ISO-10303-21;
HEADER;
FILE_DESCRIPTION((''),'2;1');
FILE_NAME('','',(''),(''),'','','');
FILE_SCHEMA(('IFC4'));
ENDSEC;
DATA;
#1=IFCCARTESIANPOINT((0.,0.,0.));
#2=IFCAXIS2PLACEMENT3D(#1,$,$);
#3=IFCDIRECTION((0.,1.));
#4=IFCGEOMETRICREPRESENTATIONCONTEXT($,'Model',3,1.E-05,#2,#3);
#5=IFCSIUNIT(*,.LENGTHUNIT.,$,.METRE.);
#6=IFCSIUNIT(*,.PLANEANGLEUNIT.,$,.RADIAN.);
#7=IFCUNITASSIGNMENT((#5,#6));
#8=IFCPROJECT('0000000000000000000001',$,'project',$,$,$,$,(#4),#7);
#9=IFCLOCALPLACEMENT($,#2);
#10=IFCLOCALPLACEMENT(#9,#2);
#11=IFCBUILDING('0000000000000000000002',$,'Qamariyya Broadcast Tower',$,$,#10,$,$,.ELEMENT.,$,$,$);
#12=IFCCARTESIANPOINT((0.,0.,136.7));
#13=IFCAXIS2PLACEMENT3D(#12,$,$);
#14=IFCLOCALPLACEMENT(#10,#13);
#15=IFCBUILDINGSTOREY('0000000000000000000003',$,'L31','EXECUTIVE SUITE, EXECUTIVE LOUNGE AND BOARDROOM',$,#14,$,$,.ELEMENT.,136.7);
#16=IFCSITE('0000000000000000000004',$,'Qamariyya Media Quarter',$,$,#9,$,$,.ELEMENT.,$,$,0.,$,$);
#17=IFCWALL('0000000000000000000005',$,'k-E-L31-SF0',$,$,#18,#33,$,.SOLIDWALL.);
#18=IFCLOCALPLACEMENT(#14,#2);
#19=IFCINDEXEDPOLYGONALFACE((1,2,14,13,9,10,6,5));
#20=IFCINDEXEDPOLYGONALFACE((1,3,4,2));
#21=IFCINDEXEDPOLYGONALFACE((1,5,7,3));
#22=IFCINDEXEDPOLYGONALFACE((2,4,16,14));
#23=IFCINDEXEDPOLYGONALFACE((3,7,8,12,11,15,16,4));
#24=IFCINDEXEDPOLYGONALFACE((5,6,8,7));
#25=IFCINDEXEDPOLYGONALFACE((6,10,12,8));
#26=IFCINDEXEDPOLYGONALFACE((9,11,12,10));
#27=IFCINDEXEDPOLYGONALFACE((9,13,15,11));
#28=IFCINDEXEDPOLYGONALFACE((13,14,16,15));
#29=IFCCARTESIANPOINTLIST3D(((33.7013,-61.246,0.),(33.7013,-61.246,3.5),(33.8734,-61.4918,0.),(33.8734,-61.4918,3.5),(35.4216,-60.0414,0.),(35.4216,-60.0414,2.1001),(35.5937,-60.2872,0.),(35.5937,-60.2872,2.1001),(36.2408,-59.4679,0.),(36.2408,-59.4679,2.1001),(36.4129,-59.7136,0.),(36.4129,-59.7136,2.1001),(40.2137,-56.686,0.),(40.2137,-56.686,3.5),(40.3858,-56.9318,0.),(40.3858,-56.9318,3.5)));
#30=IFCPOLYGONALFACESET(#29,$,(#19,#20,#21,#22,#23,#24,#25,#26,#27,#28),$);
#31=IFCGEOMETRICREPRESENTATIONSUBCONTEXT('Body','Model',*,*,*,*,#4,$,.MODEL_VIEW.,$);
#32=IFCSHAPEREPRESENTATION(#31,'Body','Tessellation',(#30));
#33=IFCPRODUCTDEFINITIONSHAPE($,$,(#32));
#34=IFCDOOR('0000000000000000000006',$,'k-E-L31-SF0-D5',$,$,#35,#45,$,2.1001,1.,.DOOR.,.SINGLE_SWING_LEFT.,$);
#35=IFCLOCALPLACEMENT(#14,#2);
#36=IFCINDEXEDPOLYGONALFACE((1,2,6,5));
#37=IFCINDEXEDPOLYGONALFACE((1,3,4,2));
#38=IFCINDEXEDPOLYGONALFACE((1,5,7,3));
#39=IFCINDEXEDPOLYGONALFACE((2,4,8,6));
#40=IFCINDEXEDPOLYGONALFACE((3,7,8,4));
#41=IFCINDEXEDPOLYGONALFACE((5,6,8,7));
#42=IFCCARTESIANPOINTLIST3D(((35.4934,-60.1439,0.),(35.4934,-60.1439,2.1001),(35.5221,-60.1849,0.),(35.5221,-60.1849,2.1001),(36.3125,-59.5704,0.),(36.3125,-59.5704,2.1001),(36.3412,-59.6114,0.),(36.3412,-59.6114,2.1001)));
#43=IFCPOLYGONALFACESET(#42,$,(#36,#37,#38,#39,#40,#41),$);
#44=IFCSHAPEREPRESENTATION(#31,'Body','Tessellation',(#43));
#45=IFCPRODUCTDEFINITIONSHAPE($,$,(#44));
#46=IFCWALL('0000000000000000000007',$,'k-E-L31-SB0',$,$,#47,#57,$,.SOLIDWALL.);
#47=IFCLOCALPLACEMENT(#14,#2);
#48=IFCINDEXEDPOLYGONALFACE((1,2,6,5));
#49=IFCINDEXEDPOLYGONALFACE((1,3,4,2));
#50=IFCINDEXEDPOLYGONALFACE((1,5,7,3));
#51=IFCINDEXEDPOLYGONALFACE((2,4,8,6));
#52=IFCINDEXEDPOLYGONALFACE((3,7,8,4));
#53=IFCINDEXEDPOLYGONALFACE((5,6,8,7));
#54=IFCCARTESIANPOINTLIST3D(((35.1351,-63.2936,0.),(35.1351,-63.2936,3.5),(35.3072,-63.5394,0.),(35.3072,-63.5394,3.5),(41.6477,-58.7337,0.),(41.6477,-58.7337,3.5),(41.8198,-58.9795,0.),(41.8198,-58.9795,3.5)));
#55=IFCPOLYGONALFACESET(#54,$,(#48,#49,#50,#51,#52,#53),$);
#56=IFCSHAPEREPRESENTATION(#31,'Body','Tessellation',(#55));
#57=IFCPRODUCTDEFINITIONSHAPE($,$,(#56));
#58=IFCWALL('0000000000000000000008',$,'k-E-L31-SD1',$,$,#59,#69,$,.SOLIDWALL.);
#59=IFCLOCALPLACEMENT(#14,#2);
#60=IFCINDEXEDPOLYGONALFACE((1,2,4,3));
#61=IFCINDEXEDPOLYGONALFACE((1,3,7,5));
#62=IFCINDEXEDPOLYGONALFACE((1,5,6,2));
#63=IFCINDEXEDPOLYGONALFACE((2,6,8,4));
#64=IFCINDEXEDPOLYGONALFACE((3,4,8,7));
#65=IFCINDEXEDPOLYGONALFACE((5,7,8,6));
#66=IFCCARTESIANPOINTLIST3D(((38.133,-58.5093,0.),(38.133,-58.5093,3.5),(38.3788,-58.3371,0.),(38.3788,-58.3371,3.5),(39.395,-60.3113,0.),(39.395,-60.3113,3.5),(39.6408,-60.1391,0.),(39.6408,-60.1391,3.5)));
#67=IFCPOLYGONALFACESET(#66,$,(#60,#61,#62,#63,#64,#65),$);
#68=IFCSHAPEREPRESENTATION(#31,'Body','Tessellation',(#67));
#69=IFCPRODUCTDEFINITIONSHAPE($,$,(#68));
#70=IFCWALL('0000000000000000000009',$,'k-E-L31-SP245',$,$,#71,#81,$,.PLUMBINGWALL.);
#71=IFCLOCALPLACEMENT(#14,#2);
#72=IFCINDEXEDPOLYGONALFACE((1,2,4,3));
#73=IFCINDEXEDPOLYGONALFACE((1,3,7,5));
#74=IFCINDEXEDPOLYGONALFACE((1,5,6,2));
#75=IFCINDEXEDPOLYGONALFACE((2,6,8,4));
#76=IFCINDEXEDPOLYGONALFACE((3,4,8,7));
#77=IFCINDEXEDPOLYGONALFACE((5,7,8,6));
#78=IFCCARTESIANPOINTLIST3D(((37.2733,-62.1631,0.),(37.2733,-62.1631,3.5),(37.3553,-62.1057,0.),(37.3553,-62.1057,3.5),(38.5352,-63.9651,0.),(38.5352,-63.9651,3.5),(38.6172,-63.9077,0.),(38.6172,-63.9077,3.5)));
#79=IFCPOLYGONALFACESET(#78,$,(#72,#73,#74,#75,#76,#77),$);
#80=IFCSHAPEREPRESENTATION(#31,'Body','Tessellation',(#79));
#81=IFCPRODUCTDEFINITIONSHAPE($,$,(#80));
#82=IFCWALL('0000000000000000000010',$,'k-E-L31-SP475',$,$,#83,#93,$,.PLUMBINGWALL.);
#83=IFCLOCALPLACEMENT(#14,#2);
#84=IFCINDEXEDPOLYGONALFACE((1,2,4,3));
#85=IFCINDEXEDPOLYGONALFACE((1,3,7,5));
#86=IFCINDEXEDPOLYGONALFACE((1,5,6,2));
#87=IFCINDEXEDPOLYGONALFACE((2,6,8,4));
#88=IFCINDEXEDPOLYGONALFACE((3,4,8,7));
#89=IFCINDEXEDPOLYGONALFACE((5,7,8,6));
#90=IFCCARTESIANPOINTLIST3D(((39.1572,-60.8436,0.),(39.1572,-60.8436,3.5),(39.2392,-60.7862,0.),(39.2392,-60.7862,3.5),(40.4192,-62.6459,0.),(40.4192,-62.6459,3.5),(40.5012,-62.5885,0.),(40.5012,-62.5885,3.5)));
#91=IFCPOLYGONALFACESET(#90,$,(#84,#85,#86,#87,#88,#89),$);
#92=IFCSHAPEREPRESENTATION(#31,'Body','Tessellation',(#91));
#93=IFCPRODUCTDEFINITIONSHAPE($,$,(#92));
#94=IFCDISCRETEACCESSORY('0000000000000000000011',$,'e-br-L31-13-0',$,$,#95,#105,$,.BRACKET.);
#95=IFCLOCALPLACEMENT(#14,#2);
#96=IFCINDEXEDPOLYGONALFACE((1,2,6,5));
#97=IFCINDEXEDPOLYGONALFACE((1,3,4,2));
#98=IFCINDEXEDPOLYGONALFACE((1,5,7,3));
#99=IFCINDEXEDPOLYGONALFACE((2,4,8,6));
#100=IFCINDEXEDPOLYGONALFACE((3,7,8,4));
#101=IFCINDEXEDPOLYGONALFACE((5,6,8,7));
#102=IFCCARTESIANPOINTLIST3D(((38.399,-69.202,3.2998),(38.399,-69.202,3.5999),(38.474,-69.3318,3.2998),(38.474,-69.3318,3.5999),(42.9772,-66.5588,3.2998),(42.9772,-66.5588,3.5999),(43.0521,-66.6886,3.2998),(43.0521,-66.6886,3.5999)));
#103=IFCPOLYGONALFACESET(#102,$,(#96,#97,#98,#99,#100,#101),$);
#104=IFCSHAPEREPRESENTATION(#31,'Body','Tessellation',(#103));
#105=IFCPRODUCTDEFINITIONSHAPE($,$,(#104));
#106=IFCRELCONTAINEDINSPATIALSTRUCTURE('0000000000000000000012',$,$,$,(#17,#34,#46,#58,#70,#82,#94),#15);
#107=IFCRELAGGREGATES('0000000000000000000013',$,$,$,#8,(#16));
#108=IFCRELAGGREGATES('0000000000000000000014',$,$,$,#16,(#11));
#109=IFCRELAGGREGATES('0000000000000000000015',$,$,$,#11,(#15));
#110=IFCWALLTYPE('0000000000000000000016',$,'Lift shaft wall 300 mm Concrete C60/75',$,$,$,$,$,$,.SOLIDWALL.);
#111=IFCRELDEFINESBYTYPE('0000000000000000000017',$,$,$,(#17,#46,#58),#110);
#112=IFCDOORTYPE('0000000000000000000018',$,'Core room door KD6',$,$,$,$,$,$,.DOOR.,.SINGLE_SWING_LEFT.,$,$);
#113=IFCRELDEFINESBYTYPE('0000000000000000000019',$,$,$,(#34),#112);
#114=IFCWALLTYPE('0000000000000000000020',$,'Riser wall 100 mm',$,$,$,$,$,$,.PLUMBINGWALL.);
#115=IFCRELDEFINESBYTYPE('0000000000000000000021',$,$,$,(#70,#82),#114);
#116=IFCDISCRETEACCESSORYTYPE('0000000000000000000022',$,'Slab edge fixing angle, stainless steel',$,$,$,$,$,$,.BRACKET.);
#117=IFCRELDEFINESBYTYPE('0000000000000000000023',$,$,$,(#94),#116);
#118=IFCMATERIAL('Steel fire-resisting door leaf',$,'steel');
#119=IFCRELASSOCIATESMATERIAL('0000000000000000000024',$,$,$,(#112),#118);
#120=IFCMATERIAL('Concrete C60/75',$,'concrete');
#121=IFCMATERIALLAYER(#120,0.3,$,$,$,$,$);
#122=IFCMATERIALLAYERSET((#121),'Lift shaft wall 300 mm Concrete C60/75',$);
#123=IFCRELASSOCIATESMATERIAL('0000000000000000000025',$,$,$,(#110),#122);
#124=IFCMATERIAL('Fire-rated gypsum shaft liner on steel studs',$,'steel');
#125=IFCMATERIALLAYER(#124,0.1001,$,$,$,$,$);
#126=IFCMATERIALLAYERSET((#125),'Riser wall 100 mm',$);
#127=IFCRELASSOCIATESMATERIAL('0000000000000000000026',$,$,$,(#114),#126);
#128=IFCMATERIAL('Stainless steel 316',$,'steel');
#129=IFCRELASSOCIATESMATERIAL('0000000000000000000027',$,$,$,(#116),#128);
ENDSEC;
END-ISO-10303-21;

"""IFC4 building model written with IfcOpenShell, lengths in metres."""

from ifc_helpers import new_model, si_unit, direction, frame, frame_2d, origin, origin_2d, place, context, subcontext, project, spatial, rectangle, extrude, material, layer, layer_set, type_object, element, fill, save


model = new_model("IFC4")

# Units and contexts
model_context = context("Model", 3, precision=1e-05, world=origin(), true_north=direction((0.0, 1.0)))
body_context = subcontext(model_context, "Body", "Model", "MODEL_VIEW")
ifc_project = project(units=[si_unit("LENGTHUNIT", "METRE"), si_unit("PLANEANGLEUNIT", "RADIAN")], contexts=[model_context])

# Site, building, storey
site_placement = place(None, origin())
site = spatial("IfcSite", under=ifc_project, at=site_placement, Name="Qamariyya Media Quarter", CompositionType="ELEMENT", RefElevation=0.0)
building_placement = place(site_placement, origin())
building = spatial("IfcBuilding", under=site, at=building_placement, Name="Qamariyya Broadcast Tower", CompositionType="ELEMENT")
storey_placement = place(building_placement, frame((0.0, 0.0, 136.7)))
storey = spatial("IfcBuildingStorey", under=building, at=storey_placement, Name="L31", Description="EXECUTIVE SUITE, EXECUTIVE LOUNGE AND BOARDROOM", CompositionType="ELEMENT", Elevation=136.7)

# Shared definitions
ifc_material_1 = material(Name="Steel fire-resisting door leaf", Category="steel")

# Shared definitions
door_type_1 = type_object("IfcDoorType", Name="Core room door KD6", OperationType="SINGLE_SWING_LEFT", PredefinedType="DOOR", material=ifc_material_1)

# Shared definitions
ifc_material_2 = material(Name="Concrete C60/75", Category="concrete")
ifc_layer_1 = layer(ifc_material_2, 0.3)
ifc_layer_set_1 = layer_set([ifc_layer_1], Name="Lift shaft wall 300 mm Concrete C60/75")
wall_type_1 = type_object("IfcWallType", Name="Lift shaft wall 300 mm Concrete C60/75", PredefinedType="SOLIDWALL", material=ifc_layer_set_1)

# Wall, opening, door
wall_1_placement = place(storey_placement, frame((33.7874, -61.3689, 0.0), z_axis=(0.0, 0.0, 1.0), x_axis=(0.819153, 0.573576, 0.0)))
wall_1 = element("IfcWall", 1, at=wall_1_placement, inside=storey, type_object=wall_type_1, Name="k-E-L31-SF0", PredefinedType="SOLIDWALL", context=body_context, shape_type="SweptSolid", body=[
    extrude(rectangle(XDim=7.9502, YDim=0.3, at=frame_2d((3.9751, 0.0))), origin(), (0.0, 0.0, 1.0), 3.5),
])
opening_1_placement = place(wall_1_placement, frame((2.1001, 0.0, 0.0)))
opening_1 = element("IfcOpeningElement", 2, at=opening_1_placement, cuts=wall_1, PredefinedType="OPENING", context=body_context, shape_type="SweptSolid", body=[
    extrude(rectangle(XDim=1.0, YDim=2.1001, at=frame_2d((0.5, 1.05))), frame((0.0, 0.1599, 0.0), z_axis=(0.0, -1.0, 0.0), x_axis=(1.0, 0.0, 0.0)), (0.0, 0.0, 1.0), 0.3201),
])
door_1_placement = place(opening_1_placement, origin())
door_1 = element("IfcDoor", 3, at=door_1_placement, inside=storey, type_object=door_type_1, Name="k-E-L31-SF0-D5", OperationType="SINGLE_SWING_LEFT", OverallHeight=2.1001, OverallWidth=1.0, PredefinedType="DOOR", context=body_context, shape_type="SweptSolid", body=[
    extrude(rectangle(XDim=1.0, YDim=2.1001, at=frame_2d((0.5, 1.05))), frame((0.0, 0.0249, 0.0), z_axis=(0.0, -1.0, 0.0), x_axis=(1.0, 0.0, 0.0)), (0.0, 0.0, 1.0), 0.05),
])
fill(opening_1, door_1)

# Walls
wall_2_placement = place(storey_placement, frame((35.2212, -63.4165, 0.0), z_axis=(0.0, 0.0, 1.0), x_axis=(0.819167, 0.573555, 0.0)))
element("IfcWall", 4, at=wall_2_placement, inside=storey, type_object=wall_type_1, Name="k-E-L31-SB0", PredefinedType="SOLIDWALL", context=body_context, shape_type="SweptSolid", body=[
    extrude(rectangle(XDim=7.9502, YDim=0.3, at=frame_2d((3.9751, 0.0))), origin(), (0.0, 0.0, 1.0), 3.5),
])
wall_3_placement = place(storey_placement, frame((38.2559, -58.4231, 0.0), z_axis=(0.0, 0.0, 1.0), x_axis=(0.573634, -0.819112, 0.0)))
element("IfcWall", 5, at=wall_3_placement, inside=storey, type_object=wall_type_1, Name="k-E-L31-SD1", PredefinedType="SOLIDWALL", context=body_context, shape_type="SweptSolid", body=[
    extrude(rectangle(XDim=2.2, YDim=0.3, at=frame_2d((1.1001, 0.0))), origin(), (0.0, 0.0, 1.0), 3.5),
])
ifc_material_3 = material(Name="Fire-rated gypsum shaft liner on steel studs", Category="steel")
ifc_layer_2 = layer(ifc_material_3, 0.1001)
ifc_layer_set_2 = layer_set([ifc_layer_2], Name="Riser wall 100 mm")
wall_type_2 = type_object("IfcWallType", Name="Riser wall 100 mm", PredefinedType="PLUMBINGWALL", material=ifc_layer_set_2)
wall_4_placement = place(storey_placement, frame((37.3142, -62.1343, 0.0), z_axis=(0.0, 0.0, 1.0), x_axis=(0.573634, -0.819112, 0.0)))
element("IfcWall", 6, at=wall_4_placement, inside=storey, type_object=wall_type_2, Name="k-E-L31-SP245", PredefinedType="PLUMBINGWALL", context=body_context, shape_type="SweptSolid", body=[
    extrude(rectangle(XDim=2.2, YDim=0.1001, at=frame_2d((1.1001, 0.0))), origin(), (0.0, 0.0, 1.0), 3.5),
])
wall_5_placement = place(storey_placement, frame((39.1982, -60.8149, 0.0), z_axis=(0.0, 0.0, 1.0), x_axis=(0.573581, -0.819149, 0.0)))
element("IfcWall", 7, at=wall_5_placement, inside=storey, type_object=wall_type_2, Name="k-E-L31-SP475", PredefinedType="PLUMBINGWALL", context=body_context, shape_type="SweptSolid", body=[
    extrude(rectangle(XDim=2.2002, YDim=0.1001, at=frame_2d((1.1001, 0.0))), origin(), (0.0, 0.0, 1.0), 3.5),
])

# Discrete accessory
ifc_material_4 = material(Name="Stainless steel 316", Category="steel")
discrete_accessory_type = type_object("IfcDiscreteAccessoryType", Name="Slab edge fixing angle, stainless steel", PredefinedType="BRACKET", material=ifc_material_4)
discrete_accessory_placement = place(storey_placement, frame((40.7256, -67.9453, 3.2998), z_axis=(0.0, 0.0, 1.0), x_axis=(0.866025, 0.5, 0.0)))
element("IfcDiscreteAccessory", 8, at=discrete_accessory_placement, inside=storey, type_object=discrete_accessory_type, Name="e-br-L31-13-0", PredefinedType="BRACKET", context=body_context, shape_type="SweptSolid", body=[
    extrude(rectangle(XDim=5.2864, YDim=0.1499, at=origin_2d()), origin(), (0.0, 0.0, 1.0), 0.3),
])

save(model, "model.ifc")
